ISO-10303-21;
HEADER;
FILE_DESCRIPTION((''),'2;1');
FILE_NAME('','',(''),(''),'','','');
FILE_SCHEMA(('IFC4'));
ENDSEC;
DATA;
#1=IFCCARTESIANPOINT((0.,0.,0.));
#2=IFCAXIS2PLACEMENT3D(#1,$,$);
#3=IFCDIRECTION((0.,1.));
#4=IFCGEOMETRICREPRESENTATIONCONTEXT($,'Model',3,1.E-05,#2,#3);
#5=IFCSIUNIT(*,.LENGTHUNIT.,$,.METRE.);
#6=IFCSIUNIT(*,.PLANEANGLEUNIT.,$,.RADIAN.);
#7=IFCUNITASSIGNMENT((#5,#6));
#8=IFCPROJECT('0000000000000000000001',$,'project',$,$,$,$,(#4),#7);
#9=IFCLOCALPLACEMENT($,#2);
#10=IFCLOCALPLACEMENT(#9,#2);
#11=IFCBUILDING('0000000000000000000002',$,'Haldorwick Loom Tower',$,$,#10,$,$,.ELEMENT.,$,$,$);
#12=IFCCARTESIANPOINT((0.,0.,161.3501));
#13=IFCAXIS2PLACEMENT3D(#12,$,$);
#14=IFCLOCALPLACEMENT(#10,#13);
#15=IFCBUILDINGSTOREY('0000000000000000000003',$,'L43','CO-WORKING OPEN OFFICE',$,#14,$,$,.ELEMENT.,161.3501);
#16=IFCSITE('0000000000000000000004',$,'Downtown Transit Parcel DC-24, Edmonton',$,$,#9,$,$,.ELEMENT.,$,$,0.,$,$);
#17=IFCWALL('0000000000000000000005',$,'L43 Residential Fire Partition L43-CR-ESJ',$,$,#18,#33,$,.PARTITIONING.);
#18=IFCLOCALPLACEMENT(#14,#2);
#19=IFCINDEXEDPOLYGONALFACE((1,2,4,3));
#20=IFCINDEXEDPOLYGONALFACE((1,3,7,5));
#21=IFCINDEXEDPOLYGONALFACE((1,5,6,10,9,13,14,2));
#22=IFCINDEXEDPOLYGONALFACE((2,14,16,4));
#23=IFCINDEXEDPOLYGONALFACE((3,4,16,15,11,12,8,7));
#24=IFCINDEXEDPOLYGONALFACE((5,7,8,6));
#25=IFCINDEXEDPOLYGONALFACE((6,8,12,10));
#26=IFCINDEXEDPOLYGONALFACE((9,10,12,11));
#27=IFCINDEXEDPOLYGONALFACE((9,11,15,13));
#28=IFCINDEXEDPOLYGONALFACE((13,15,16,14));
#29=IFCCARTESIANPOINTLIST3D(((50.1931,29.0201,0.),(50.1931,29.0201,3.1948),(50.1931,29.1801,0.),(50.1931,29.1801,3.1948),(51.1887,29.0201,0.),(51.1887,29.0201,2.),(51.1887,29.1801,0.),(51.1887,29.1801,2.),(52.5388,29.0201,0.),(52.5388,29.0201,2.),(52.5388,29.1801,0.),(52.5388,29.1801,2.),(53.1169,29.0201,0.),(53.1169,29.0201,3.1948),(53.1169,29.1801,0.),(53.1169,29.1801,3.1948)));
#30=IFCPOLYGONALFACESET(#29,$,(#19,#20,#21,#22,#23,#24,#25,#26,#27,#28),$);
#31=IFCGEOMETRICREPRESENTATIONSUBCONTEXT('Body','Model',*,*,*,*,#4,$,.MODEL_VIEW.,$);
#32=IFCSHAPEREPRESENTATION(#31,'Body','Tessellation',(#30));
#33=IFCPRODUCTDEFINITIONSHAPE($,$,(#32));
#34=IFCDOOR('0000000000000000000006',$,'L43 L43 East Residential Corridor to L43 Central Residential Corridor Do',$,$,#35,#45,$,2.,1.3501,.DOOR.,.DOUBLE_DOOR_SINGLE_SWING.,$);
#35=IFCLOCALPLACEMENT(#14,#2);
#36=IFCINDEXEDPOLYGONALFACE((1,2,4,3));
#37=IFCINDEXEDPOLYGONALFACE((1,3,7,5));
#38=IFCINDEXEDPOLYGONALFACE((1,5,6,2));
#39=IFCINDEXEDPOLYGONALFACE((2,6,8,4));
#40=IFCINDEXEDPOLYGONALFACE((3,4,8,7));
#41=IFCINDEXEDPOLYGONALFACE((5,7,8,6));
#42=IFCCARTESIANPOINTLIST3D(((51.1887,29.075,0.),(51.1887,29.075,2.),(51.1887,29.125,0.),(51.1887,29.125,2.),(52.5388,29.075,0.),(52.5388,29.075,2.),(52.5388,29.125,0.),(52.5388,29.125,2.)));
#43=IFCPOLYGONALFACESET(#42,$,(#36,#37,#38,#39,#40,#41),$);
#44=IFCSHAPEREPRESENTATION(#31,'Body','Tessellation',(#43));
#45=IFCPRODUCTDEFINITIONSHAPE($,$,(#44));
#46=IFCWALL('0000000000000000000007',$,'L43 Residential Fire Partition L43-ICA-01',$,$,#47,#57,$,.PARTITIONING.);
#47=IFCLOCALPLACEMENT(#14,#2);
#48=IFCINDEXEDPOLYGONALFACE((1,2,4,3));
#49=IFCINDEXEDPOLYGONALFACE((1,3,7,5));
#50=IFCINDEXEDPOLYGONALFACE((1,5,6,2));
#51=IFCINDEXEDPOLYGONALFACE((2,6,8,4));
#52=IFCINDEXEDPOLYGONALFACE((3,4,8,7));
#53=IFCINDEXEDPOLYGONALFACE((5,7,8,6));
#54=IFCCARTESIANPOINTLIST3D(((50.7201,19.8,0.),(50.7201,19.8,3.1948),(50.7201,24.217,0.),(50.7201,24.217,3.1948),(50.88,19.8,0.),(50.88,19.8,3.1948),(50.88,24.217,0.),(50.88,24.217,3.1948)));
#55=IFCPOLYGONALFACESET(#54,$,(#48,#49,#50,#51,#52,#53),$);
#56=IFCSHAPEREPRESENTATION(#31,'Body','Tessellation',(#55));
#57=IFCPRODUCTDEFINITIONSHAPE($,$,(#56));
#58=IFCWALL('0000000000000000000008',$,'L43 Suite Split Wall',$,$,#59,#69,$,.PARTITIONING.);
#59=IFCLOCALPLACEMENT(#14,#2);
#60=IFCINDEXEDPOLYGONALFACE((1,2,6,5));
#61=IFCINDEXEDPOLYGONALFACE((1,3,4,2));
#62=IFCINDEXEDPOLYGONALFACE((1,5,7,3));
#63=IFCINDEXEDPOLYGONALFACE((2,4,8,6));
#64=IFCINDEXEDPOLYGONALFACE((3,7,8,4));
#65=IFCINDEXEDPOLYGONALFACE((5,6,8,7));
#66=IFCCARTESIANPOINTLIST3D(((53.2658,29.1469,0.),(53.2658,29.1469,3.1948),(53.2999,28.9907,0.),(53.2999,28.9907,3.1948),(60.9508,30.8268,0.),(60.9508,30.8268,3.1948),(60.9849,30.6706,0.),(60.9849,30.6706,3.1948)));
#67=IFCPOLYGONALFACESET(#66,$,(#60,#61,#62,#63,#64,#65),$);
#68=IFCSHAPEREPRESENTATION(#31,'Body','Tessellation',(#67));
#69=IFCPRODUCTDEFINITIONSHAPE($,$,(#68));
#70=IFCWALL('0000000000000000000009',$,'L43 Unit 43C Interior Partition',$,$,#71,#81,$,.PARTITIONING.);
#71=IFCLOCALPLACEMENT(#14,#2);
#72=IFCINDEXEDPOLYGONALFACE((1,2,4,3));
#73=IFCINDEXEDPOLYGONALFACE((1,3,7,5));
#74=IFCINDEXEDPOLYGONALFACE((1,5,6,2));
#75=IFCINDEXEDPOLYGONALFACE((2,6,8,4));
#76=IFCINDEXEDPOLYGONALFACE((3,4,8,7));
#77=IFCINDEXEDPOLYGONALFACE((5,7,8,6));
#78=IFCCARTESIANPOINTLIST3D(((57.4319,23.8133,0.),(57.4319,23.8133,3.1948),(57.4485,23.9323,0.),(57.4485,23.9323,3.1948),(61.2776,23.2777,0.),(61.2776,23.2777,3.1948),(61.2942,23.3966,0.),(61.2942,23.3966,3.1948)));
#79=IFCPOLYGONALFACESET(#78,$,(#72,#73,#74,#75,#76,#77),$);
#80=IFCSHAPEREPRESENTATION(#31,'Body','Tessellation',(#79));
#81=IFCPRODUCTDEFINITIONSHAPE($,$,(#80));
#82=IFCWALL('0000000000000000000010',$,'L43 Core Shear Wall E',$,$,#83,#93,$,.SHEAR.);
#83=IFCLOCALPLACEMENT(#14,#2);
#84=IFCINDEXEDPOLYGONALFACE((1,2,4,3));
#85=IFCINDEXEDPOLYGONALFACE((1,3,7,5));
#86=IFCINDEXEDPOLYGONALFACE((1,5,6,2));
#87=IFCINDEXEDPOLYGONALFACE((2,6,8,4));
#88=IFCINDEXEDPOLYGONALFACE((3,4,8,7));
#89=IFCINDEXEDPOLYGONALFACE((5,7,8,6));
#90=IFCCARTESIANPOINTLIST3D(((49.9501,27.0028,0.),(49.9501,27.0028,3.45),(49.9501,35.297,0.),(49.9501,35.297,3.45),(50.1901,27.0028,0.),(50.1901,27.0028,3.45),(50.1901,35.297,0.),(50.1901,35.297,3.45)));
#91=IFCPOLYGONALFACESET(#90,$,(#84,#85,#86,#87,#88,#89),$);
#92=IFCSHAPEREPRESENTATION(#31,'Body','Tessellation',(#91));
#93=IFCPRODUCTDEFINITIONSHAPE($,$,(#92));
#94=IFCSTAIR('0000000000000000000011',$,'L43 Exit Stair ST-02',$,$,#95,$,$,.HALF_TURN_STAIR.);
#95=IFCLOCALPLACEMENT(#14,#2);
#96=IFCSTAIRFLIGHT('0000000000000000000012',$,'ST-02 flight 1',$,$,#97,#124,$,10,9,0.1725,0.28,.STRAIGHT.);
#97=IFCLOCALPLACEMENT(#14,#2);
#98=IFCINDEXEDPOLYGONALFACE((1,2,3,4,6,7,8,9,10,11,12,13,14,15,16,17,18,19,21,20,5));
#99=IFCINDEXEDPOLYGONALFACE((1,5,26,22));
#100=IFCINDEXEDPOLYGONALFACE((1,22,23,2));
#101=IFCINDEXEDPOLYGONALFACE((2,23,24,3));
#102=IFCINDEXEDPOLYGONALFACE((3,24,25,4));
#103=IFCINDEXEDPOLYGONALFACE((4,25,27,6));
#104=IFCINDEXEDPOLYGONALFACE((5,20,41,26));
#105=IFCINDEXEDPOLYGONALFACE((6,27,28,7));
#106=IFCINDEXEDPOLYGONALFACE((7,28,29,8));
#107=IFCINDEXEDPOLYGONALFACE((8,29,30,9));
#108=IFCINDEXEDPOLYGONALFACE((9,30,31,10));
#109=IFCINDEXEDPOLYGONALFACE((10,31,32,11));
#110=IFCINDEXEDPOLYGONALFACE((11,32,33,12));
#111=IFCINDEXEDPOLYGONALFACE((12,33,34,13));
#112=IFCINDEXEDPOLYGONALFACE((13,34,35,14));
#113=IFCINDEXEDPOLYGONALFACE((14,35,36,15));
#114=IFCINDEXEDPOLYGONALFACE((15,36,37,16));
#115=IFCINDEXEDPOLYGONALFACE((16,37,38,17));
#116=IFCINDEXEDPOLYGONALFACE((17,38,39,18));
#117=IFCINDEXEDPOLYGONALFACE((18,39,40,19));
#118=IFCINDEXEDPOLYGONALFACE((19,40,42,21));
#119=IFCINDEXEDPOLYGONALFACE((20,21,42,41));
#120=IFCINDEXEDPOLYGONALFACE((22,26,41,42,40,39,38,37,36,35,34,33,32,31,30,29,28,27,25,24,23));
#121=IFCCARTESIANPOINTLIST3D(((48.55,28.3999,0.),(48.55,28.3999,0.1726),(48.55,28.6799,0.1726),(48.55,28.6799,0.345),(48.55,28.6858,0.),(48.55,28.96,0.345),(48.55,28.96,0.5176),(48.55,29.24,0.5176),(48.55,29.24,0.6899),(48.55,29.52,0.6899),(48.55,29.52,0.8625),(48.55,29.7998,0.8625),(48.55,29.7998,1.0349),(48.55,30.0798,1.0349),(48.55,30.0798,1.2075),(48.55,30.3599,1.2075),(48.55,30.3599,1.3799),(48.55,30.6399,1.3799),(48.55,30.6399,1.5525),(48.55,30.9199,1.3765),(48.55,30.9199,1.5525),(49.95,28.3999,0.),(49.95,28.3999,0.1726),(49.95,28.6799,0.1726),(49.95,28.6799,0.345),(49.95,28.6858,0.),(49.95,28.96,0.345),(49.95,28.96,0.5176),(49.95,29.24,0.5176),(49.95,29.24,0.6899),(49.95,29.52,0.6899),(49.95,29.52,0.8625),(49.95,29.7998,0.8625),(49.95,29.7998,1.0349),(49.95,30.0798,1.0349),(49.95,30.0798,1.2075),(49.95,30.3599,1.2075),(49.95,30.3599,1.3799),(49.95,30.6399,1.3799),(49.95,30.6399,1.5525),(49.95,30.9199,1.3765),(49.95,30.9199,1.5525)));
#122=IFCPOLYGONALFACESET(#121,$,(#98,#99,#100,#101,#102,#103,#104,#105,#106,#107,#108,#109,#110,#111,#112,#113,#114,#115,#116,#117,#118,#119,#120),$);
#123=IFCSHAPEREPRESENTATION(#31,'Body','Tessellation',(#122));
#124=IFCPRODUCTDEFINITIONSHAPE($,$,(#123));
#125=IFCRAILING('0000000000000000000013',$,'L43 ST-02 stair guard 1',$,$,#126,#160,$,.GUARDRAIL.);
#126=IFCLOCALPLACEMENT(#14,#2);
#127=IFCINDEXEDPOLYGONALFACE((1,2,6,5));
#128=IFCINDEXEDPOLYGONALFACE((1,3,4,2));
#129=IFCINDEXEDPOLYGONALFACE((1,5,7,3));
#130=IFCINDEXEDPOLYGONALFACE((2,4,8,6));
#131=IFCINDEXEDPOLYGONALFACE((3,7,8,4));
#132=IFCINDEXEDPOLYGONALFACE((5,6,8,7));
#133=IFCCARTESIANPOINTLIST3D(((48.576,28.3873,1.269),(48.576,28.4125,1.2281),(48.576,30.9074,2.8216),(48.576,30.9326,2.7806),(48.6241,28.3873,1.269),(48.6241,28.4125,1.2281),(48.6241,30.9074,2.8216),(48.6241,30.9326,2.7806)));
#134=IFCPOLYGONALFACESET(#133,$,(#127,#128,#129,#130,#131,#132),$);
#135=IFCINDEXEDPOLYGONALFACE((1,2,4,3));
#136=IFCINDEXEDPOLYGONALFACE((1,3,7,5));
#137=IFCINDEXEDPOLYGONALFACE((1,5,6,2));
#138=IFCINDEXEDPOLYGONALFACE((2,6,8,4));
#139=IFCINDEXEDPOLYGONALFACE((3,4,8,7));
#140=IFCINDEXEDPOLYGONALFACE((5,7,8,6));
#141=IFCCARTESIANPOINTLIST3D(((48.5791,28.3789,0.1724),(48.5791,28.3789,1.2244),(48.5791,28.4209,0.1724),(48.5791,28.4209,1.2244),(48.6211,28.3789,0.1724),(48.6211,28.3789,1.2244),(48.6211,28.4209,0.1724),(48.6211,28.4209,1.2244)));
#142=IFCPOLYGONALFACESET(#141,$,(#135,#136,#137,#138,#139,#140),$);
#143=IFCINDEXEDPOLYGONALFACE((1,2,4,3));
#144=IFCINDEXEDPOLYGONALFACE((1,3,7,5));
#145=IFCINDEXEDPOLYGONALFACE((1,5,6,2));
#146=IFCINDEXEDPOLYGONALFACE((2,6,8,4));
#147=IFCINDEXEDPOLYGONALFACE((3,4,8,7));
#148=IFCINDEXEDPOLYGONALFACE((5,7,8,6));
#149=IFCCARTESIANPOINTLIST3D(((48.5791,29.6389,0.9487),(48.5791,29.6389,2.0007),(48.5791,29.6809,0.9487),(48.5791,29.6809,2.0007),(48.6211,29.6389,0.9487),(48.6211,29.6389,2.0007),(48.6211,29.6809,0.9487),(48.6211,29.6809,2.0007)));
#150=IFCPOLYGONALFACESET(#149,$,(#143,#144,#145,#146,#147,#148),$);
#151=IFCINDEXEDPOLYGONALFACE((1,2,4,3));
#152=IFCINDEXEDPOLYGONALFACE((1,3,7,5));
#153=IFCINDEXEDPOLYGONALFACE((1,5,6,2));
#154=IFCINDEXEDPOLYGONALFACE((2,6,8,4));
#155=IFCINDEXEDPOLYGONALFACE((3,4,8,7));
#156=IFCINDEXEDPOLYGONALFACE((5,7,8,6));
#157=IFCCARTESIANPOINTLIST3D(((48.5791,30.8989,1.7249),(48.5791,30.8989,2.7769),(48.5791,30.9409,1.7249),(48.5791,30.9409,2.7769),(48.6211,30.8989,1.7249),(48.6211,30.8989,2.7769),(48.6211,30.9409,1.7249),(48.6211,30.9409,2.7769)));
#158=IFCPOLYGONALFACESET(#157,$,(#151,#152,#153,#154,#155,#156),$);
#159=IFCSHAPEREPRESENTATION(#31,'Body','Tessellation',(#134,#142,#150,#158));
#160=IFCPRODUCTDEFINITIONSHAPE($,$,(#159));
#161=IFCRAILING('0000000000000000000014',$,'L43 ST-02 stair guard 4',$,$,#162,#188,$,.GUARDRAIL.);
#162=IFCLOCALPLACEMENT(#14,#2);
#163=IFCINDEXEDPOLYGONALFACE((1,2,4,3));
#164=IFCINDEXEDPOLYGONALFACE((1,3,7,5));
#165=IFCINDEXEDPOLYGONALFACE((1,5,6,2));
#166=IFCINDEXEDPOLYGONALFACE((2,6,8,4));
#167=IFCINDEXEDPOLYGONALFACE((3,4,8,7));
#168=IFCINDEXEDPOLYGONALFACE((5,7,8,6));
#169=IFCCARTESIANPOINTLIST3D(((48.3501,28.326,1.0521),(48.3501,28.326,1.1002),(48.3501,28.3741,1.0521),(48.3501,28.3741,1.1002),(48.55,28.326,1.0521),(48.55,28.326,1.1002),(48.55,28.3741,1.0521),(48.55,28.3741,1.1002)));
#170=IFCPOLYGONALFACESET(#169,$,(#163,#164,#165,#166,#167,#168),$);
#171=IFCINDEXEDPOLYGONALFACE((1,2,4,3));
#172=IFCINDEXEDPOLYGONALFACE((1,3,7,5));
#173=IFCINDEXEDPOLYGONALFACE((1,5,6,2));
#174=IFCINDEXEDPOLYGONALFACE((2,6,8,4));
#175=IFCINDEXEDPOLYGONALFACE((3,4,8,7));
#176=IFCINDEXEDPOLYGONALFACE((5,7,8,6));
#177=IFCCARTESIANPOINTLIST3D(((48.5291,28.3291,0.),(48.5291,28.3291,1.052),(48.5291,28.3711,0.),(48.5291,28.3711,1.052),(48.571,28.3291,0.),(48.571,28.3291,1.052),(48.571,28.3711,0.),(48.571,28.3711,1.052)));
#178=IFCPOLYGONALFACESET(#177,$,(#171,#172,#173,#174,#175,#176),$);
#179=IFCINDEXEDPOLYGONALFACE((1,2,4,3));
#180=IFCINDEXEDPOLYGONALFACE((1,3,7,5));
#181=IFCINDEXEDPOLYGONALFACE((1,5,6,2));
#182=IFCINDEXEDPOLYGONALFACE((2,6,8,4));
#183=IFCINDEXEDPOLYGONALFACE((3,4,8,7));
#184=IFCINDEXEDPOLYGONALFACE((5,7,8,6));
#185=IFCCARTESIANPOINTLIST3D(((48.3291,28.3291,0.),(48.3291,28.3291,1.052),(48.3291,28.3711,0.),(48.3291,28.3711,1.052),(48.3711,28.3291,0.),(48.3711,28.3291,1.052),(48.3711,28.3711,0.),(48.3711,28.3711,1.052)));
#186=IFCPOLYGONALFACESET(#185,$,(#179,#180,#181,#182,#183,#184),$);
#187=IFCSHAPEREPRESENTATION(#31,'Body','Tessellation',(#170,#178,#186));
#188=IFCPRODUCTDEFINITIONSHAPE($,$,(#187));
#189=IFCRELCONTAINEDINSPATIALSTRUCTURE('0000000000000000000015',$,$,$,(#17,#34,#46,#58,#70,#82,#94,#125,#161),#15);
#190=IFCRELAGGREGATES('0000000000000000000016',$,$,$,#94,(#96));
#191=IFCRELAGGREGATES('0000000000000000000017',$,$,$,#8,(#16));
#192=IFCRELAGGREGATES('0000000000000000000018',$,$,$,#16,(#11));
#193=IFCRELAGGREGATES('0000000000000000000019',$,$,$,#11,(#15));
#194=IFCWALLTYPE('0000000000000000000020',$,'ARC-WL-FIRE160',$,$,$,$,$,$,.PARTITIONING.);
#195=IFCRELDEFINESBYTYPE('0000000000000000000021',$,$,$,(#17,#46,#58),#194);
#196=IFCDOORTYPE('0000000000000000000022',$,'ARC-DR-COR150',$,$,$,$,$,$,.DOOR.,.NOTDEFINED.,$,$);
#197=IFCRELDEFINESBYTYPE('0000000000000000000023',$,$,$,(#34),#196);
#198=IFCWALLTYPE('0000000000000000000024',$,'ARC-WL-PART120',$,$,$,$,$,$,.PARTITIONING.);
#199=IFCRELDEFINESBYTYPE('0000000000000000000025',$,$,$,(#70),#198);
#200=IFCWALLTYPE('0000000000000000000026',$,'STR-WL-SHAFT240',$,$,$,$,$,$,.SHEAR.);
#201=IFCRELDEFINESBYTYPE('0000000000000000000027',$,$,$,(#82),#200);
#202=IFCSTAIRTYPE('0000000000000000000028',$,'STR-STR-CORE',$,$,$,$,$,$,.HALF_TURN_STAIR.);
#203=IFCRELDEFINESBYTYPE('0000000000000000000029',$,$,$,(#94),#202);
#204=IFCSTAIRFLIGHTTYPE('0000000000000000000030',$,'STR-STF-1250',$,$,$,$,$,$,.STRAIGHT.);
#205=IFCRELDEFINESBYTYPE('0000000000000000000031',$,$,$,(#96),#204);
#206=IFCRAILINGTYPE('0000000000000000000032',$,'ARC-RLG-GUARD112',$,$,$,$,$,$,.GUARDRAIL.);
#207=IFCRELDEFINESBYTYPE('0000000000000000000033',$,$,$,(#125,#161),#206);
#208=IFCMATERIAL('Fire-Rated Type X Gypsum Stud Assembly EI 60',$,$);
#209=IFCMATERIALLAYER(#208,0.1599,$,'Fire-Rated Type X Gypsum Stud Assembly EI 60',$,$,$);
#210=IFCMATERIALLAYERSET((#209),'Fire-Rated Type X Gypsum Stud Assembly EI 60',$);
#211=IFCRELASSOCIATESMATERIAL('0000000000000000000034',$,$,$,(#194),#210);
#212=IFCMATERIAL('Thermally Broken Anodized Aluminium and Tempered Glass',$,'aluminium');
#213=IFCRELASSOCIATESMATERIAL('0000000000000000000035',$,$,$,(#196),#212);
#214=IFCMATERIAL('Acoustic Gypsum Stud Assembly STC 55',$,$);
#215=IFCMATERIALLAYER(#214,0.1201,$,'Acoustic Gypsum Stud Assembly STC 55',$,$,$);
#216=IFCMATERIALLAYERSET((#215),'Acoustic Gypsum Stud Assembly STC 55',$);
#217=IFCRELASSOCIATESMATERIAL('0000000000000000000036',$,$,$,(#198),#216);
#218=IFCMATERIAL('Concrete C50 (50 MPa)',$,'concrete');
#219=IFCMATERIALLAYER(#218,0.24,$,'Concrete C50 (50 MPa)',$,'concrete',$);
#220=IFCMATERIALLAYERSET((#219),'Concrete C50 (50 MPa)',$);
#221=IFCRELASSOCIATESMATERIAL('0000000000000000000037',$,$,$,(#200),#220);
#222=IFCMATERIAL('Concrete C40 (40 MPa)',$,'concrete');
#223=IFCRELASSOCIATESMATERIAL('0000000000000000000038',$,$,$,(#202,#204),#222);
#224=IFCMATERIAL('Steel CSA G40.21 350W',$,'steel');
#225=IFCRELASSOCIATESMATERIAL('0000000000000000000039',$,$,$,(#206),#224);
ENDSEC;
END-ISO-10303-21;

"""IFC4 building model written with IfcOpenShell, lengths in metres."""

from ifc_helpers import new_model, si_unit, direction, frame, frame_2d, origin, origin_2d, place, context, subcontext, project, spatial, polyline, rectangle, outline, extrude, material, layer, layer_set, type_object, element, fill, aggregate, save


model = new_model("IFC4")

# Units and contexts
model_context = context("Model", 3, precision=1e-05, world=origin(), true_north=direction((0.0, 1.0)))
body_context = subcontext(model_context, "Body", "Model", "MODEL_VIEW")
ifc_project = project(units=[si_unit("LENGTHUNIT", "METRE"), si_unit("PLANEANGLEUNIT", "RADIAN")], contexts=[model_context])

# Site, building, storey
site_placement = place(None, origin())
site = spatial("IfcSite", under=ifc_project, at=site_placement, Name="Downtown Transit Parcel DC-24, Edmonton", CompositionType="ELEMENT", RefElevation=0.0)
building_placement = place(site_placement, origin())
building = spatial("IfcBuilding", under=site, at=building_placement, Name="Haldorwick Loom Tower", CompositionType="ELEMENT")
storey_placement = place(building_placement, frame((0.0, 0.0, 161.3501)))
storey = spatial("IfcBuildingStorey", under=building, at=storey_placement, Name="L43", Description="CO-WORKING OPEN OFFICE", CompositionType="ELEMENT", Elevation=161.3501)

# Shared definitions
ifc_material_1 = material(Name="Steel CSA G40.21 350W", Category="steel")

# Shared definitions
ifc_material_2 = material(Name="Fire-Rated Type X Gypsum Stud Assembly EI 60")
ifc_layer_1 = layer(ifc_material_2, 0.1599, Name="Fire-Rated Type X Gypsum Stud Assembly EI 60")
ifc_layer_set_1 = layer_set([ifc_layer_1], Name="Fire-Rated Type X Gypsum Stud Assembly EI 60")
wall_type_1 = type_object("IfcWallType", Name="ARC-WL-FIRE160", PredefinedType="PARTITIONING", material=ifc_layer_set_1)

# Wall, opening, door
wall_1_placement = place(storey_placement, frame((50.1931, 29.1001, 0.0), z_axis=(0.0, 0.0, 1.0), x_axis=(1.0, 0.0, 0.0)))
wall_1 = element("IfcWall", 1, at=wall_1_placement, inside=storey, type_object=wall_type_1, Name="L43 Residential Fire Partition L43-CR-ESJ", PredefinedType="PARTITIONING", context=body_context, shape_type="SweptSolid", body=[
    extrude(rectangle(XDim=2.9238, YDim=0.1599, at=frame_2d((1.4619, 0.0))), origin(), (0.0, 0.0, 1.0), 3.1948),
])
opening_1_placement = place(wall_1_placement, frame((0.9956, 0.0, 0.0)))
opening_1 = element("IfcOpeningElement", 2, at=opening_1_placement, cuts=wall_1, PredefinedType="OPENING", context=body_context, shape_type="SweptSolid", body=[
    extrude(rectangle(XDim=1.3501, YDim=2.0, at=frame_2d((0.675, 1.0))), frame((0.0, 0.0898, 0.0), z_axis=(0.0, -1.0, 0.0), x_axis=(1.0, 0.0, 0.0)), (0.0, 0.0, 1.0), 0.1799),
])
ifc_material_3 = material(Name="Thermally Broken Anodized Aluminium and Tempered Glass", Category="aluminium")
door_type_1 = type_object("IfcDoorType", Name="ARC-DR-COR150", OperationType="NOTDEFINED", PredefinedType="DOOR", material=ifc_material_3)
door_1_placement = place(opening_1_placement, origin())
door_1 = element("IfcDoor", 3, at=door_1_placement, inside=storey, type_object=door_type_1, Name="L43 L43 East Residential Corridor to L43 Central Residential Corridor Do", OperationType="DOUBLE_DOOR_SINGLE_SWING", OverallHeight=2.0, OverallWidth=1.3501, PredefinedType="DOOR", context=body_context, shape_type="SweptSolid", body=[
    extrude(rectangle(XDim=1.3501, YDim=2.0, at=frame_2d((0.675, 1.0))), frame((0.0, 0.0249, 0.0), z_axis=(0.0, -1.0, 0.0), x_axis=(1.0, 0.0, 0.0)), (0.0, 0.0, 1.0), 0.05),
])
fill(opening_1, door_1)

# Walls
wall_2_placement = place(storey_placement, frame((50.8, 24.217, 0.0), z_axis=(0.0, 0.0, 1.0), x_axis=(0.0, -1.0, 0.0)))
element("IfcWall", 4, at=wall_2_placement, inside=storey, type_object=wall_type_1, Name="L43 Residential Fire Partition L43-ICA-01", PredefinedType="PARTITIONING", context=body_context, shape_type="SweptSolid", body=[
    extrude(rectangle(XDim=4.417, YDim=0.1599, at=frame_2d((2.2085, 0.0))), origin(), (0.0, 0.0, 1.0), 3.1948),
])
wall_3_placement = place(storey_placement, frame((53.283, 29.0688, 0.0), z_axis=(0.0, 0.0, 1.0), x_axis=(0.976931, 0.213554, 0.0)))
element("IfcWall", 5, at=wall_3_placement, inside=storey, type_object=wall_type_1, Name="L43 Suite Split Wall", PredefinedType="PARTITIONING", context=body_context, shape_type="SweptSolid", body=[
    extrude(rectangle(XDim=7.8665, YDim=0.1599, at=frame_2d((3.9331, 0.0))), origin(), (0.0, 0.0, 1.0), 3.1948),
])
ifc_material_4 = material(Name="Acoustic Gypsum Stud Assembly STC 55")
ifc_layer_2 = layer(ifc_material_4, 0.1201, Name="Acoustic Gypsum Stud Assembly STC 55")
ifc_layer_set_2 = layer_set([ifc_layer_2], Name="Acoustic Gypsum Stud Assembly STC 55")
wall_type_2 = type_object("IfcWallType", Name="ARC-WL-PART120", PredefinedType="PARTITIONING", material=ifc_layer_set_2)
wall_4_placement = place(storey_placement, frame((57.4402, 23.8728, 0.0), z_axis=(0.0, 0.0, 1.0), x_axis=(0.990439, -0.137952, 0.0)))
element("IfcWall", 6, at=wall_4_placement, inside=storey, type_object=wall_type_2, Name="L43 Unit 43C Interior Partition", PredefinedType="PARTITIONING", context=body_context, shape_type="SweptSolid", body=[
    extrude(rectangle(XDim=3.8828, YDim=0.1201, at=frame_2d((1.9414, 0.0))), origin(), (0.0, 0.0, 1.0), 3.1948),
])
ifc_material_5 = material(Name="Concrete C50 (50 MPa)", Category="concrete")
ifc_layer_3 = layer(ifc_material_5, 0.24, Name="Concrete C50 (50 MPa)", Category="concrete")
ifc_layer_set_3 = layer_set([ifc_layer_3], Name="Concrete C50 (50 MPa)")
wall_type_3 = type_object("IfcWallType", Name="STR-WL-SHAFT240", PredefinedType="SHEAR", material=ifc_layer_set_3)
wall_5_placement = place(storey_placement, frame((50.0701, 27.0029, 0.0), z_axis=(0.0, 0.0, 1.0), x_axis=(0.0, 1.0, 0.0)))
element("IfcWall", 7, at=wall_5_placement, inside=storey, type_object=wall_type_3, Name="L43 Core Shear Wall E", PredefinedType="SHEAR", context=body_context, shape_type="SweptSolid", body=[
    extrude(rectangle(XDim=8.2942, YDim=0.24, at=frame_2d((4.147, 0.0))), origin(), (0.0, 0.0, 1.0), 3.45),
])

# Stair, stair flight
ifc_material_6 = material(Name="Concrete C40 (40 MPa)", Category="concrete")
stair_type = type_object("IfcStairType", Name="STR-STR-CORE", PredefinedType="HALF_TURN_STAIR", material=ifc_material_6)
stair_placement = place(storey_placement, origin())
stair = element("IfcStair", 8, at=stair_placement, inside=storey, type_object=stair_type, Name="L43 Exit Stair ST-02", PredefinedType="HALF_TURN_STAIR")
stair_flight_type = type_object("IfcStairFlightType", Name="STR-STF-1250", PredefinedType="STRAIGHT", material=ifc_material_6)
stair_flight_placement = place(storey_placement, frame((49.25, 28.3999, 0.0), z_axis=(0.0, 0.0, 1.0), x_axis=(0.0, 1.0, 0.0)))
stair_flight = element("IfcStairFlight", 9, at=stair_flight_placement, type_object=stair_flight_type, Name="ST-02 flight 1", NumberOfRisers=10, NumberOfTreads=9, PredefinedType="STRAIGHT", RiserHeight=0.1725, TreadLength=0.28, context=body_context, shape_type="SweptSolid", body=[
    extrude(outline(polyline([(0.0, 0.0), (0.0, 0.1726), (0.28, 0.1726), (0.28, 0.345), (0.5601, 0.345), (0.5601, 0.5176), (0.8401, 0.5176), (0.8401, 0.6899), (1.1201, 0.6899), (1.1201, 0.8625), (1.3999, 0.8625), (1.3999, 1.0349), (1.6799, 1.0349), (1.6799, 1.2075), (1.96, 1.2075), (1.96, 1.3799), (2.24, 1.3799), (2.24, 1.5525), (2.52, 1.5525), (2.52, 1.7251), (2.52, 1.3765), (0.2859, 0.0), (0.0, 0.0)])), frame((0.0, 0.7, 0.0), z_axis=(0.0, -1.0, 0.0), x_axis=(1.0, 0.0, 0.0)), (0.0, 0.0, 1.0), 1.3999),
])
aggregate(stair, [stair_flight])

# Railings
railing_type_1 = type_object("IfcRailingType", Name="ARC-RLG-GUARD112", PredefinedType="GUARDRAIL", material=ifc_material_1)
railing_1_placement = place(storey_placement, frame((48.6001, 28.3999, 0.1724)))
element("IfcRailing", 10, at=railing_1_placement, inside=storey, type_object=railing_type_1, Name="L43 ST-02 stair guard 1", PredefinedType="GUARDRAIL", context=body_context, shape_type="SweptSolid", body=[
    extrude(rectangle(XDim=0.0481, YDim=0.0481, at=origin_2d()), frame((0.0, 0.0, 1.0762), z_axis=(0.0, 0.8514, 0.524516), x_axis=(-1.0, 0.0, 0.0)), (0.0, 0.0, 1.0), 2.96),
    extrude(rectangle(XDim=0.042, YDim=0.042, at=origin_2d()), origin(), (0.0, 0.0, 1.0), 1.052),
    extrude(rectangle(XDim=0.042, YDim=0.042, at=origin_2d()), frame((0.0, 1.26, 0.7764)), (0.0, 0.0, 1.0), 1.052),
    extrude(rectangle(XDim=0.042, YDim=0.042, at=origin_2d()), frame((0.0, 2.52, 1.5525)), (0.0, 0.0, 1.0), 1.052),
])
railing_2_placement = place(storey_placement, frame((48.55, 28.3501, 0.0)))
element("IfcRailing", 11, at=railing_2_placement, inside=storey, type_object=railing_type_1, Name="L43 ST-02 stair guard 4", PredefinedType="GUARDRAIL", context=body_context, shape_type="SweptSolid", body=[
    extrude(rectangle(XDim=0.0481, YDim=0.0481, at=origin_2d()), frame((0.0, 0.0, 1.0762), z_axis=(-1.0, 0.0, 0.0), x_axis=(0.0, -1.0, 0.0)), (0.0, 0.0, 1.0), 0.2),
    extrude(rectangle(XDim=0.042, YDim=0.042, at=origin_2d()), origin(), (0.0, 0.0, 1.0), 1.052),
    extrude(rectangle(XDim=0.042, YDim=0.042, at=origin_2d()), frame((-0.2, 0.0, 0.0)), (0.0, 0.0, 1.0), 1.052),
])

save(model, "model.ifc")
